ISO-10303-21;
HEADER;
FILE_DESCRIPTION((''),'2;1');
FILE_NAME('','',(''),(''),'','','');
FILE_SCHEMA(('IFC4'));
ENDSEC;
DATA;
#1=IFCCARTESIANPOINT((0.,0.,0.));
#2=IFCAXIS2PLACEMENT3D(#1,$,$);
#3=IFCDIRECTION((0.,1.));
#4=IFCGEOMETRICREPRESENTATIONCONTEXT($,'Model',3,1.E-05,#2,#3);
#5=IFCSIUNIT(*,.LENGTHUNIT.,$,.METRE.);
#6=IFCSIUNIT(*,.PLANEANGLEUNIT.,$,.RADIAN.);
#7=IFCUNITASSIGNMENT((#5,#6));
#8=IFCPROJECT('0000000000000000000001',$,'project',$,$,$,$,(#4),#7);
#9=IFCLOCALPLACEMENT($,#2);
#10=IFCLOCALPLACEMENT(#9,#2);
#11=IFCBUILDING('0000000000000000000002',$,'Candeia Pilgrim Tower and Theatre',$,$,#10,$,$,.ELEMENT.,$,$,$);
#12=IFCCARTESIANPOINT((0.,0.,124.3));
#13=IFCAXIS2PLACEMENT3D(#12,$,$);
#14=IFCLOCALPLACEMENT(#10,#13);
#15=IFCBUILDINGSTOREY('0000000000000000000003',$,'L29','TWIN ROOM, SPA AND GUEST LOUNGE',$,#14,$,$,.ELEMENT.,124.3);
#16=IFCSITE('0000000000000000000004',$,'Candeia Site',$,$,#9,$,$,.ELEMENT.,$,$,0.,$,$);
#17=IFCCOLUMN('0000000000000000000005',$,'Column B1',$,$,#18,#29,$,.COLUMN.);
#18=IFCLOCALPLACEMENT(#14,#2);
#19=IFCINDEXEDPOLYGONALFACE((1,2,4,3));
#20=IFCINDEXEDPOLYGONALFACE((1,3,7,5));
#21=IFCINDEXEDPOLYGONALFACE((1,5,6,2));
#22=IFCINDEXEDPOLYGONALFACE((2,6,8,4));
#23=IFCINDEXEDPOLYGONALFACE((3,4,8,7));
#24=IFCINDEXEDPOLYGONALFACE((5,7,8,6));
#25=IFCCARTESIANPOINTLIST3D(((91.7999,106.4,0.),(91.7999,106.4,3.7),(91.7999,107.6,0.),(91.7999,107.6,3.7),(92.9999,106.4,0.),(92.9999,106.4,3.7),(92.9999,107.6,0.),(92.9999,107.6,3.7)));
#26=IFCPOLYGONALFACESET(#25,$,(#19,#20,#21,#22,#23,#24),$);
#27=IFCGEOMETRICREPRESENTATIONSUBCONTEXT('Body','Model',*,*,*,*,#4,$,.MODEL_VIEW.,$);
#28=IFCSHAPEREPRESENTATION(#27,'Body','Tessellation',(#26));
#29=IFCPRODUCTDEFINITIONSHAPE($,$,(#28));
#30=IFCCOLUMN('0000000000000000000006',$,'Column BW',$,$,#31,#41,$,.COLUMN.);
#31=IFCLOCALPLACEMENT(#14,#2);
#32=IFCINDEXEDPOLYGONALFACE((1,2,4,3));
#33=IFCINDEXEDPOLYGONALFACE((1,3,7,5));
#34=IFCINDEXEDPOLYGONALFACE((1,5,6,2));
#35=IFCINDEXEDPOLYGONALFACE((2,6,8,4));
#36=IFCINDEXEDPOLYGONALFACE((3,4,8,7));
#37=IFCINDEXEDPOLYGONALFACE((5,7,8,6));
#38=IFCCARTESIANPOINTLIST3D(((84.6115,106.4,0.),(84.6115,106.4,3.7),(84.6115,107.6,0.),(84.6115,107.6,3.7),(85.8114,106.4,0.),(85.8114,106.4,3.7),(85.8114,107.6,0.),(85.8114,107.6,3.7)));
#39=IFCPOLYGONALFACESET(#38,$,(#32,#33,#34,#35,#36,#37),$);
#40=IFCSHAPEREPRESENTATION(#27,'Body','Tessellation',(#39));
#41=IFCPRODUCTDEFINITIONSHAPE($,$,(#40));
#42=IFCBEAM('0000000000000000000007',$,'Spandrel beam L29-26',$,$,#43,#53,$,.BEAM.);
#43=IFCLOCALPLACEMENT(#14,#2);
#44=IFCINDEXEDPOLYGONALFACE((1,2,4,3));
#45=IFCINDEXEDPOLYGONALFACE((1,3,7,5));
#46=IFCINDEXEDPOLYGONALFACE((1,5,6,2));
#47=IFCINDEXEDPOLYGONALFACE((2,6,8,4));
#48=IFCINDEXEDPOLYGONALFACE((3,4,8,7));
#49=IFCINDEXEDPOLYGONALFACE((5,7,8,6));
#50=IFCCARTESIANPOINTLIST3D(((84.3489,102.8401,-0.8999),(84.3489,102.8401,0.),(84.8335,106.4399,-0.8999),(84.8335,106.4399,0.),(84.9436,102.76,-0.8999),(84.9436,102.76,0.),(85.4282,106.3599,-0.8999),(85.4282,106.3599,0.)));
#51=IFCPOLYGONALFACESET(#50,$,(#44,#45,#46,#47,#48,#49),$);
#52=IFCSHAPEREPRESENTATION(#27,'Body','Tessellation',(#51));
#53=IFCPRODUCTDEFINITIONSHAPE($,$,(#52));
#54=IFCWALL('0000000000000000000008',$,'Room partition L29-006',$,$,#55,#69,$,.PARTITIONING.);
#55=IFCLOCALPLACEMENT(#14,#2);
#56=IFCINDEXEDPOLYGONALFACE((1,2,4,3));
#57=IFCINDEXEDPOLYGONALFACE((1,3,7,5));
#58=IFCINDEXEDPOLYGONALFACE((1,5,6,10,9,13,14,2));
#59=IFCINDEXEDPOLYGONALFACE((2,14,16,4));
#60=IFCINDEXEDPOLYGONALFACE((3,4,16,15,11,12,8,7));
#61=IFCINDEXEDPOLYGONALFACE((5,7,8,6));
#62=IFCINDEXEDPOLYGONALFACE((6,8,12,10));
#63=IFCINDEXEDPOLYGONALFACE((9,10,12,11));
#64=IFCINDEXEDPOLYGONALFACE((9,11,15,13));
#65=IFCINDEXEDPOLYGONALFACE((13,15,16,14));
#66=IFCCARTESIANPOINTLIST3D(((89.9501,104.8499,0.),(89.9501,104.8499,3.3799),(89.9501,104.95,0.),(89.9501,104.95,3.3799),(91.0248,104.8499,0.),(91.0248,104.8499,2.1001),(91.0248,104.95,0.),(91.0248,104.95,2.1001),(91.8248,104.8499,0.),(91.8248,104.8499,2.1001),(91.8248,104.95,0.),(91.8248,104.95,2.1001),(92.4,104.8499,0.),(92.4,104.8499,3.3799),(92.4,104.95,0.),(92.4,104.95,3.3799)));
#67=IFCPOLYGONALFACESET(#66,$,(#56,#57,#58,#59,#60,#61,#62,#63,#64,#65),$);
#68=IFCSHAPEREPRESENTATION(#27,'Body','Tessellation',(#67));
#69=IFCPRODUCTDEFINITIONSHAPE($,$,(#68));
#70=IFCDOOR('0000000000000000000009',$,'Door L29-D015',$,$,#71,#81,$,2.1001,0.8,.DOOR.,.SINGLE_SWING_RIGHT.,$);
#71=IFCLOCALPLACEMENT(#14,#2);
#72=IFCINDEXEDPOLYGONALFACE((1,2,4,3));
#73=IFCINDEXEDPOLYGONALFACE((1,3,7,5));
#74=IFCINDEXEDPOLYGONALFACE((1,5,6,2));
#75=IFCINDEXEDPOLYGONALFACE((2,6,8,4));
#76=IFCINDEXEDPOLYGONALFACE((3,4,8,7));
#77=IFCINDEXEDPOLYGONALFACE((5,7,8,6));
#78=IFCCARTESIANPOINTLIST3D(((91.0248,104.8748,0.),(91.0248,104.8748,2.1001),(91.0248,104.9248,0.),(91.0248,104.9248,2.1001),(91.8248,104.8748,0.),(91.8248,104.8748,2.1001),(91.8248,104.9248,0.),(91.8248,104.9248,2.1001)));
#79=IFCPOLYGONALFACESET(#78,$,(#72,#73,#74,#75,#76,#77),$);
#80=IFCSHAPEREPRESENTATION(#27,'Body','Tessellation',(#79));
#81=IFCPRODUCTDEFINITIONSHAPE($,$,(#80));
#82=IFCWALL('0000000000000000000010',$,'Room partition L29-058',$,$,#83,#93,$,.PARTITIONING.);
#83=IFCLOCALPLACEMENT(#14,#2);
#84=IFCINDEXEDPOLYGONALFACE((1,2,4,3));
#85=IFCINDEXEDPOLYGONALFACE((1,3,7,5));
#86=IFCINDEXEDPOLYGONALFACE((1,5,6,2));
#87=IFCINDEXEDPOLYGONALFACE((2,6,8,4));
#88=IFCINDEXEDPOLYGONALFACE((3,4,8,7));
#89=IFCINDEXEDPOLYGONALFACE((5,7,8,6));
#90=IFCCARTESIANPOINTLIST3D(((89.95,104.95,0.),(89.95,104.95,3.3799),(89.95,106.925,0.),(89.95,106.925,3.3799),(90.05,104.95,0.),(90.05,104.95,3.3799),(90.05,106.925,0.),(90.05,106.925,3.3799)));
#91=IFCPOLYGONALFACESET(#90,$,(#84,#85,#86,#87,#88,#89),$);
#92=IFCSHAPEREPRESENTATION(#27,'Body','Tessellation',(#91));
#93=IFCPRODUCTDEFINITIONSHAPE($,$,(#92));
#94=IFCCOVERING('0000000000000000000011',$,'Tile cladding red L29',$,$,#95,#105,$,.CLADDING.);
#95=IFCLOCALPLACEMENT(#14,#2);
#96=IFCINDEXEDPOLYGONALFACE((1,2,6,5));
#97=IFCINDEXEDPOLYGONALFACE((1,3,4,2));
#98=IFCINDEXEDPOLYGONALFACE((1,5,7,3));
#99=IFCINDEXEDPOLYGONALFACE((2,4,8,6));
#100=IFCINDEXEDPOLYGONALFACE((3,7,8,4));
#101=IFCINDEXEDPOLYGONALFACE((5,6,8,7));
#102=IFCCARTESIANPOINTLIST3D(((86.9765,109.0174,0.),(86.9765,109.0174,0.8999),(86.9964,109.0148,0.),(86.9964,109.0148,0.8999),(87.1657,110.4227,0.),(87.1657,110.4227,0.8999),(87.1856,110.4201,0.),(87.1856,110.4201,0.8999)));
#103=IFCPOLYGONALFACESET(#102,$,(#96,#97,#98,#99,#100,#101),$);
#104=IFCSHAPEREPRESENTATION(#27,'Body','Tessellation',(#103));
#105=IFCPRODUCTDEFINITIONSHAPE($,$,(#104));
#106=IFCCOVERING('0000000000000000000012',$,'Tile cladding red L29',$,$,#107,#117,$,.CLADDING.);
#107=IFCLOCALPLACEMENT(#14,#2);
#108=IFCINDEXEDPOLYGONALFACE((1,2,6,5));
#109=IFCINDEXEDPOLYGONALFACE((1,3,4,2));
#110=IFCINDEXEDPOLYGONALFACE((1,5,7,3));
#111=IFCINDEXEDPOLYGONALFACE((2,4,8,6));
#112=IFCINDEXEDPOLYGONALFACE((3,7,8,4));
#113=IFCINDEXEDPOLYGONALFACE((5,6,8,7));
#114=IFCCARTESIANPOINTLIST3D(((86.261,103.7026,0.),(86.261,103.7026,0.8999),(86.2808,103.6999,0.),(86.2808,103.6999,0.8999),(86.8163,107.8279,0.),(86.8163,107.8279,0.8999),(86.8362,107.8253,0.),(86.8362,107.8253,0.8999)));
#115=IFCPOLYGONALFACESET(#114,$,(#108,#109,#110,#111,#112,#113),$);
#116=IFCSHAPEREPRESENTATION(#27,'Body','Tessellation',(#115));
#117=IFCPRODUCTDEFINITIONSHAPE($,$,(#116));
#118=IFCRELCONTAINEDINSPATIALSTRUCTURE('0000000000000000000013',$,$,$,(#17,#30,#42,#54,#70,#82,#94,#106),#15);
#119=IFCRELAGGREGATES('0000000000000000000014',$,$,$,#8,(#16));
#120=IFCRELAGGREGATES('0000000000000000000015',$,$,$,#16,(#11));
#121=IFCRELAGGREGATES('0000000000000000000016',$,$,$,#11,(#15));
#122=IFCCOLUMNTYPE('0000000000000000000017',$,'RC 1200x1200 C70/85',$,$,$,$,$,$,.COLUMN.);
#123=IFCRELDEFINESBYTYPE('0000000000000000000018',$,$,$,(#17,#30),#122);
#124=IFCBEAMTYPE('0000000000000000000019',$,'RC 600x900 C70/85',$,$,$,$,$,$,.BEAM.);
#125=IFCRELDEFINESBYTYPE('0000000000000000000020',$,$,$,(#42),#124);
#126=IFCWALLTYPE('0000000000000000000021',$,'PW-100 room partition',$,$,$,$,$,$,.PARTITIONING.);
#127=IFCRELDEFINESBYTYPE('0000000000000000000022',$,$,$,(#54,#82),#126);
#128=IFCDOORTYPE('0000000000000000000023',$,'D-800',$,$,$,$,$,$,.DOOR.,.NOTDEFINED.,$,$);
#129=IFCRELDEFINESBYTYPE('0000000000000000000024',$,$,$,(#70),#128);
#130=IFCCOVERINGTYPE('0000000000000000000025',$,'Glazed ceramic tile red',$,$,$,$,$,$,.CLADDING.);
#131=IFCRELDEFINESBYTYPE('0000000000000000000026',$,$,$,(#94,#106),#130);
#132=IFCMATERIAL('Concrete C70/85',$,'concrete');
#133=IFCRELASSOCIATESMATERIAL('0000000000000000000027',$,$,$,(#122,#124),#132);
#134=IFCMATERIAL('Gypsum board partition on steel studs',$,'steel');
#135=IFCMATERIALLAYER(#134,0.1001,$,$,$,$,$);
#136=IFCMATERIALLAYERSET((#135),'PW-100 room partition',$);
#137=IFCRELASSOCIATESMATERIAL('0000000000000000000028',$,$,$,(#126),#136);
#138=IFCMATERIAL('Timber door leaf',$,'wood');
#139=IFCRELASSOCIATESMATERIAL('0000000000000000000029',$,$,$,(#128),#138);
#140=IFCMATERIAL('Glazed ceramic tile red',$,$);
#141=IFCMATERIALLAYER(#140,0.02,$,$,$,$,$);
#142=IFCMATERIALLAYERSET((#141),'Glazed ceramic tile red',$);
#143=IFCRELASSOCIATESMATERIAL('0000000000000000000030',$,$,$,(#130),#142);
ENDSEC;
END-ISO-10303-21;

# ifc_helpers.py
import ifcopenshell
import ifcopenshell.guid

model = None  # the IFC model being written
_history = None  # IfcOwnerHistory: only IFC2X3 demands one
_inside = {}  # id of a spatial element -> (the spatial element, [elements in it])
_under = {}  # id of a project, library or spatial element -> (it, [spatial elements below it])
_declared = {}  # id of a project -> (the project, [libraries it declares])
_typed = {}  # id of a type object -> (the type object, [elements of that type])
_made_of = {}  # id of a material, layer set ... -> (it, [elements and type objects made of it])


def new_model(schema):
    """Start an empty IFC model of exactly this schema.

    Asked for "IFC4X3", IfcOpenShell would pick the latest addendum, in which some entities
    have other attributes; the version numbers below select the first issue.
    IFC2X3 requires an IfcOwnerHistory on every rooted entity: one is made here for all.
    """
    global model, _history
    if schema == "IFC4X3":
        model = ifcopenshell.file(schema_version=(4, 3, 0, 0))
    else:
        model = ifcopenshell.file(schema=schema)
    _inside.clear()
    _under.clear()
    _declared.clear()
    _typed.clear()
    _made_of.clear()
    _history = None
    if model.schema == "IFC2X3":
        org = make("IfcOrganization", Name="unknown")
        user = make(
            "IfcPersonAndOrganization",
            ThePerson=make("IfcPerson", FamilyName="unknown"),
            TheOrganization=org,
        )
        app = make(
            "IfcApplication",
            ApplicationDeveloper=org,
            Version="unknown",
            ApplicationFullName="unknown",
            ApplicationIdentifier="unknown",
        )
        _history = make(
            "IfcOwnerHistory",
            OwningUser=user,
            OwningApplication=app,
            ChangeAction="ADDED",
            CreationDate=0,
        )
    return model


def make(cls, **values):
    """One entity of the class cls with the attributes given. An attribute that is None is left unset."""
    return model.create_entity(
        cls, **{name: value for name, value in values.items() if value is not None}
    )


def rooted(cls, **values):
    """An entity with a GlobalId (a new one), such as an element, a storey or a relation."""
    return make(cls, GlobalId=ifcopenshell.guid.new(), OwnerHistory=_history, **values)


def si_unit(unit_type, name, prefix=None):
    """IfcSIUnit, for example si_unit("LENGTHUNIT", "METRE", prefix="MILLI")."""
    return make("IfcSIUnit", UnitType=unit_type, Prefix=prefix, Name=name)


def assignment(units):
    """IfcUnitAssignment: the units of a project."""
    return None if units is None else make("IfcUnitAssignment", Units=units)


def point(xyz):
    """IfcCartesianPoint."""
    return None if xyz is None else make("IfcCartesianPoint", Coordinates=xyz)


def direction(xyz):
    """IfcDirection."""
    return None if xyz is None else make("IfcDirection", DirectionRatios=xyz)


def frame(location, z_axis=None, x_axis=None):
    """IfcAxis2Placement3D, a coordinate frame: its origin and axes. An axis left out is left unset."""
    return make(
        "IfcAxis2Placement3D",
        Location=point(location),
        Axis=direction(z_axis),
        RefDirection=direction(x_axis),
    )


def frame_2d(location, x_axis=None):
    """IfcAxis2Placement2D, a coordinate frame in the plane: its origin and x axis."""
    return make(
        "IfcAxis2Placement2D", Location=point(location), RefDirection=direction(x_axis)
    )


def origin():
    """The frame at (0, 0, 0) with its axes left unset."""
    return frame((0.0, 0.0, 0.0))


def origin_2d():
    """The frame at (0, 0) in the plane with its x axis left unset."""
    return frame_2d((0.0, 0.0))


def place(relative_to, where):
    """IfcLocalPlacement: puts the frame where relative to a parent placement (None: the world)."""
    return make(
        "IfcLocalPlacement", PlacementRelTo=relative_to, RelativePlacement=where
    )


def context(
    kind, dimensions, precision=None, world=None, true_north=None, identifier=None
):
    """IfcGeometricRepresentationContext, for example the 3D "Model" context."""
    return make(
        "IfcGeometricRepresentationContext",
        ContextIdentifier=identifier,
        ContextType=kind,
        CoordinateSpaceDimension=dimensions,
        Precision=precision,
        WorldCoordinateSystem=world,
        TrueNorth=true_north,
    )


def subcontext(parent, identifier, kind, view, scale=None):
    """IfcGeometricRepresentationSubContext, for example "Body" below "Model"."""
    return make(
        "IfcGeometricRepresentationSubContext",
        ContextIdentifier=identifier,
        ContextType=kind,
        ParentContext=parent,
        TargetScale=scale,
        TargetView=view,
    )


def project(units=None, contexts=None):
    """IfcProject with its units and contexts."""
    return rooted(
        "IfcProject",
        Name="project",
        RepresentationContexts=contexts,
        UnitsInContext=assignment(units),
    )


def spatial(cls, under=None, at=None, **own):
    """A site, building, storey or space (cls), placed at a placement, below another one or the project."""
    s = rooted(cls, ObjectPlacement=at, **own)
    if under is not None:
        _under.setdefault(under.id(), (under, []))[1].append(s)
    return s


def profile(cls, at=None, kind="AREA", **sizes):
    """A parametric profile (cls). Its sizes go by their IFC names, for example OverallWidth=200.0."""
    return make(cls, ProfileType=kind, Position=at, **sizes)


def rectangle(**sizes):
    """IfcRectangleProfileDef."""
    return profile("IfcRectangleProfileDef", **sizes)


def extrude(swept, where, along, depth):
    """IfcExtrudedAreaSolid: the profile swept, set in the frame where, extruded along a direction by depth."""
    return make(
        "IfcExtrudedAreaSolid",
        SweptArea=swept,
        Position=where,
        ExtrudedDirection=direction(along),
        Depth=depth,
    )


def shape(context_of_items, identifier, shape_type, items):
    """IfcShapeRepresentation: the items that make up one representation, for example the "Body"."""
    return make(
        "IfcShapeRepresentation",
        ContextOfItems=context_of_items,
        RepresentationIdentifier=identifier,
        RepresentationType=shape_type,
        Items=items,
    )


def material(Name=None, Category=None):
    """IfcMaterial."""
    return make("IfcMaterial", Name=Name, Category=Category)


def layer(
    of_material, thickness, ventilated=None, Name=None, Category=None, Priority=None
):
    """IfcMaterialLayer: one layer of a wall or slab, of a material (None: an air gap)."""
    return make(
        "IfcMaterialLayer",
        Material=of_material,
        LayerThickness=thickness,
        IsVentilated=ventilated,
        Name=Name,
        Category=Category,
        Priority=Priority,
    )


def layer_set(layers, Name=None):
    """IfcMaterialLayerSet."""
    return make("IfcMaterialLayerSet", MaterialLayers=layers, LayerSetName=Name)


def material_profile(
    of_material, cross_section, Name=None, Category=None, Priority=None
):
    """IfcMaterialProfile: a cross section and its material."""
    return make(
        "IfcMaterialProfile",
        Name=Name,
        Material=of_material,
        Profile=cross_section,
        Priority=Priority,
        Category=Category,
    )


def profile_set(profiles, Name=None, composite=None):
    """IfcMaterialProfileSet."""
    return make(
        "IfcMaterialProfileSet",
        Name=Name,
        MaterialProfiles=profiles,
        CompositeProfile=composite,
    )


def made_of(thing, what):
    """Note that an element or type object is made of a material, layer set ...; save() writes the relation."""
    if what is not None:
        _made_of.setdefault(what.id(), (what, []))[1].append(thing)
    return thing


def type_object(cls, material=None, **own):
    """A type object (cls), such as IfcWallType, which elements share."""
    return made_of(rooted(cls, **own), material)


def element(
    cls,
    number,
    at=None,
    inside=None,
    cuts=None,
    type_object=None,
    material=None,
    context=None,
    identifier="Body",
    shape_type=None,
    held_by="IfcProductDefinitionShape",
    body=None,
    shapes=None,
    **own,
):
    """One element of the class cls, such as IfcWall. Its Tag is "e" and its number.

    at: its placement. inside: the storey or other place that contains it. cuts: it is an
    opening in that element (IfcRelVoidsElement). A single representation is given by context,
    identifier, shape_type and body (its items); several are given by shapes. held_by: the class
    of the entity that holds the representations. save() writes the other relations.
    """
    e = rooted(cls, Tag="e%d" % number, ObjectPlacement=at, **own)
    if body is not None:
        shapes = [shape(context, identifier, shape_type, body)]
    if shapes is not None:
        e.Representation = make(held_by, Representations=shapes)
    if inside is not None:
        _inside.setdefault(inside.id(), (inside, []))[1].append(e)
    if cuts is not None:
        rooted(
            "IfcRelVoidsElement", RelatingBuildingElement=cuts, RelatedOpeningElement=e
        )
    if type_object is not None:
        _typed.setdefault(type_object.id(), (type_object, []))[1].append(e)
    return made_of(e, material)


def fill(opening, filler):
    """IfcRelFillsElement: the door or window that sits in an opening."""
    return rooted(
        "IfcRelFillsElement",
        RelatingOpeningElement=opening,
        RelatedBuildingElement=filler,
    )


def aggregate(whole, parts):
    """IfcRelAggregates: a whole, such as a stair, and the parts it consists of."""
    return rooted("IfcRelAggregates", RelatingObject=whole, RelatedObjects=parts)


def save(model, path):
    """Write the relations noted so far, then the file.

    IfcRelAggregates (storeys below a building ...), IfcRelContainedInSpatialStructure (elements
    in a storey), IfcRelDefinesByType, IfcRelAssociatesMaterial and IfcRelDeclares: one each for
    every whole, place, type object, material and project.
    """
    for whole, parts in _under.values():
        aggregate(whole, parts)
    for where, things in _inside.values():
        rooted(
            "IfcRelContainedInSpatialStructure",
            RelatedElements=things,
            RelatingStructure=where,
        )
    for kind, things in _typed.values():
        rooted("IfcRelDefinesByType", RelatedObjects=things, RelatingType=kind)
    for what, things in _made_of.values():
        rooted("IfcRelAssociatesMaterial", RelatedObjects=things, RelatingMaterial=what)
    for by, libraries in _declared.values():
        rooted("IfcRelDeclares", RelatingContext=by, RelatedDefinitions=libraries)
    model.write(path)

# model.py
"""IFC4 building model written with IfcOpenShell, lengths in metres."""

from ifc_helpers import new_model, si_unit, direction, frame, frame_2d, origin, origin_2d, place, context, subcontext, project, spatial, rectangle, extrude, material, layer, layer_set, material_profile, profile_set, type_object, element, fill, save


model = new_model("IFC4")

# Units and contexts
model_context = context("Model", 3, precision=1e-05, world=origin(), true_north=direction((0.0, 1.0)))
body_context = subcontext(model_context, "Body", "Model", "MODEL_VIEW")
ifc_project = project(units=[si_unit("LENGTHUNIT", "METRE"), si_unit("PLANEANGLEUNIT", "RADIAN")], contexts=[model_context])

# Site, building, storey
site_placement = place(None, origin())
site = spatial("IfcSite", under=ifc_project, at=site_placement, Name="Candeia Site", CompositionType="ELEMENT", RefElevation=0.0)
building_placement = place(site_placement, origin())
building = spatial("IfcBuilding", under=site, at=building_placement, Name="Candeia Pilgrim Tower and Theatre", CompositionType="ELEMENT")
storey_placement = place(building_placement, frame((0.0, 0.0, 124.3)))
storey = spatial("IfcBuildingStorey", under=building, at=storey_placement, Name="L29", Description="TWIN ROOM, SPA AND GUEST LOUNGE", CompositionType="ELEMENT", Elevation=124.3)

# Columns
ifc_material_1 = material(Name="Concrete C70/85", Category="concrete")
ifc_material_profile_1 = material_profile(ifc_material_1, rectangle(XDim=1.2, YDim=1.2, at=origin_2d()))
ifc_profile_set_1 = profile_set([ifc_material_profile_1], Name="Concrete C70/85")
column_type = type_object("IfcColumnType", Name="RC 1200x1200 C70/85", PredefinedType="COLUMN", material=ifc_profile_set_1)
for number, where, z_axis, x_axis, name in (
    (1, (92.3999, 107.0, 0.0), (0.0, 0.0, 1.0), (1.0, 0.0, 0.0), "Column B1"),
    (2, (85.2114, 107.0, 0.0), (0.0, 0.0, 1.0), (1.0, 0.0, 0.0), "Column BW"),
):
    element("IfcColumn", number, at=place(storey_placement, frame(where, z_axis=z_axis, x_axis=x_axis)), inside=storey, type_object=column_type, Name=name, PredefinedType="COLUMN", context=body_context, shape_type="SweptSolid", body=[
        extrude(rectangle(XDim=1.2, YDim=1.2, at=origin_2d()), origin(), (0.0, 0.0, 1.0), 3.7),
    ])

# Beam
ifc_material_profile_2 = material_profile(ifc_material_1, rectangle(XDim=0.6001, YDim=0.8999, at=origin_2d()))
ifc_profile_set_2 = profile_set([ifc_material_profile_2], Name="Concrete C70/85")
beam_type = type_object("IfcBeamType", Name="RC 600x900 C70/85", PredefinedType="BEAM", material=ifc_profile_set_2)
beam_placement = place(storey_placement, frame((85.1309, 106.3999, -0.45), z_axis=(-0.133418, -0.99106, 0.0), x_axis=(0.99106, -0.133418, 0.0)))
element("IfcBeam", 3, at=beam_placement, inside=storey, type_object=beam_type, Name="Spandrel beam L29-26", PredefinedType="BEAM", context=body_context, shape_type="SweptSolid", body=[
    extrude(rectangle(XDim=0.6001, YDim=0.8999, at=origin_2d()), origin(), (0.0, 0.0, 1.0), 3.6323),
])

# Wall, opening, door
ifc_material_2 = material(Name="Gypsum board partition on steel studs", Category="steel")
ifc_layer_1 = layer(ifc_material_2, 0.1001)
ifc_layer_set_1 = layer_set([ifc_layer_1], Name="PW-100 room partition")
wall_type_1 = type_object("IfcWallType", Name="PW-100 room partition", PredefinedType="PARTITIONING", material=ifc_layer_set_1)
wall_1_placement = place(storey_placement, frame((89.95, 104.8999, 0.0), z_axis=(0.0, 0.0, 1.0), x_axis=(1.0, 0.0, 0.0)))
wall_1 = element("IfcWall", 4, at=wall_1_placement, inside=storey, type_object=wall_type_1, Name="Room partition L29-006", PredefinedType="PARTITIONING", context=body_context, shape_type="SweptSolid", body=[
    extrude(rectangle(XDim=2.45, YDim=0.1001, at=frame_2d((1.2251, 0.0))), origin(), (0.0, 0.0, 1.0), 3.3799),
])
opening_1_placement = place(wall_1_placement, frame((1.075, 0.0, 0.0)))
opening_1 = element("IfcOpeningElement", 5, at=opening_1_placement, cuts=wall_1, PredefinedType="OPENING", context=body_context, shape_type="SweptSolid", body=[
    extrude(rectangle(XDim=0.8, YDim=2.1001, at=frame_2d((0.3999, 1.05))), frame((0.0, 0.0601, 0.0), z_axis=(0.0, -1.0, 0.0), x_axis=(1.0, 0.0, 0.0)), (0.0, 0.0, 1.0), 0.1201),
])
ifc_material_3 = material(Name="Timber door leaf", Category="wood")
door_type_1 = type_object("IfcDoorType", Name="D-800", OperationType="NOTDEFINED", PredefinedType="DOOR", material=ifc_material_3)
door_1_placement = place(opening_1_placement, origin())
door_1 = element("IfcDoor", 6, at=door_1_placement, inside=storey, type_object=door_type_1, Name="Door L29-D015", OperationType="SINGLE_SWING_RIGHT", OverallHeight=2.1001, OverallWidth=0.8, PredefinedType="DOOR", context=body_context, shape_type="SweptSolid", body=[
    extrude(rectangle(XDim=0.8, YDim=2.1001, at=frame_2d((0.3999, 1.05))), frame((0.0, 0.0249, 0.0), z_axis=(0.0, -1.0, 0.0), x_axis=(1.0, 0.0, 0.0)), (0.0, 0.0, 1.0), 0.05),
])
fill(opening_1, door_1)

# Wall
wall_2_placement = place(storey_placement, frame((90.0, 104.95, 0.0), z_axis=(0.0, 0.0, 1.0), x_axis=(0.0, 1.0, 0.0)))
element("IfcWall", 7, at=wall_2_placement, inside=storey, type_object=wall_type_1, Name="Room partition L29-058", PredefinedType="PARTITIONING", context=body_context, shape_type="SweptSolid", body=[
    extrude(rectangle(XDim=1.9751, YDim=0.1001, at=frame_2d((0.9875, 0.0))), origin(), (0.0, 0.0, 1.0), 3.3799),
])

# Coverings
ifc_material_4 = material(Name="Glazed ceramic tile red")
ifc_layer_2 = layer(ifc_material_4, 0.02)
ifc_layer_set_2 = layer_set([ifc_layer_2], Name="Glazed ceramic tile red")
covering_type = type_object("IfcCoveringType", Name="Glazed ceramic tile red", PredefinedType="CLADDING", material=ifc_layer_set_2)
covering_1_placement = place(storey_placement, frame((87.0811, 109.7188, 0.0), z_axis=(0.0, 0.0, 1.0), x_axis=(-0.133412, -0.991061, 0.0)))
element("IfcCovering", 8, at=covering_1_placement, inside=storey, type_object=covering_type, Name="Tile cladding red L29", PredefinedType="CLADDING", context=body_context, shape_type="SweptSolid", body=[
    extrude(rectangle(XDim=1.418, YDim=0.02, at=origin_2d()), origin(), (0.0, 0.0, 1.0), 0.8999),
])
covering_2_placement = place(storey_placement, frame((86.5486, 105.7639, 0.0), z_axis=(0.0, 0.0, 1.0), x_axis=(-0.133412, -0.991061, 0.0)))
element("IfcCovering", 9, at=covering_2_placement, inside=storey, type_object=covering_type, Name="Tile cladding red L29", PredefinedType="CLADDING", context=body_context, shape_type="SweptSolid", body=[
    extrude(rectangle(XDim=4.1626, YDim=0.02, at=origin_2d()), origin(), (0.0, 0.0, 1.0), 0.8999),
])

save(model, "model.ifc")
